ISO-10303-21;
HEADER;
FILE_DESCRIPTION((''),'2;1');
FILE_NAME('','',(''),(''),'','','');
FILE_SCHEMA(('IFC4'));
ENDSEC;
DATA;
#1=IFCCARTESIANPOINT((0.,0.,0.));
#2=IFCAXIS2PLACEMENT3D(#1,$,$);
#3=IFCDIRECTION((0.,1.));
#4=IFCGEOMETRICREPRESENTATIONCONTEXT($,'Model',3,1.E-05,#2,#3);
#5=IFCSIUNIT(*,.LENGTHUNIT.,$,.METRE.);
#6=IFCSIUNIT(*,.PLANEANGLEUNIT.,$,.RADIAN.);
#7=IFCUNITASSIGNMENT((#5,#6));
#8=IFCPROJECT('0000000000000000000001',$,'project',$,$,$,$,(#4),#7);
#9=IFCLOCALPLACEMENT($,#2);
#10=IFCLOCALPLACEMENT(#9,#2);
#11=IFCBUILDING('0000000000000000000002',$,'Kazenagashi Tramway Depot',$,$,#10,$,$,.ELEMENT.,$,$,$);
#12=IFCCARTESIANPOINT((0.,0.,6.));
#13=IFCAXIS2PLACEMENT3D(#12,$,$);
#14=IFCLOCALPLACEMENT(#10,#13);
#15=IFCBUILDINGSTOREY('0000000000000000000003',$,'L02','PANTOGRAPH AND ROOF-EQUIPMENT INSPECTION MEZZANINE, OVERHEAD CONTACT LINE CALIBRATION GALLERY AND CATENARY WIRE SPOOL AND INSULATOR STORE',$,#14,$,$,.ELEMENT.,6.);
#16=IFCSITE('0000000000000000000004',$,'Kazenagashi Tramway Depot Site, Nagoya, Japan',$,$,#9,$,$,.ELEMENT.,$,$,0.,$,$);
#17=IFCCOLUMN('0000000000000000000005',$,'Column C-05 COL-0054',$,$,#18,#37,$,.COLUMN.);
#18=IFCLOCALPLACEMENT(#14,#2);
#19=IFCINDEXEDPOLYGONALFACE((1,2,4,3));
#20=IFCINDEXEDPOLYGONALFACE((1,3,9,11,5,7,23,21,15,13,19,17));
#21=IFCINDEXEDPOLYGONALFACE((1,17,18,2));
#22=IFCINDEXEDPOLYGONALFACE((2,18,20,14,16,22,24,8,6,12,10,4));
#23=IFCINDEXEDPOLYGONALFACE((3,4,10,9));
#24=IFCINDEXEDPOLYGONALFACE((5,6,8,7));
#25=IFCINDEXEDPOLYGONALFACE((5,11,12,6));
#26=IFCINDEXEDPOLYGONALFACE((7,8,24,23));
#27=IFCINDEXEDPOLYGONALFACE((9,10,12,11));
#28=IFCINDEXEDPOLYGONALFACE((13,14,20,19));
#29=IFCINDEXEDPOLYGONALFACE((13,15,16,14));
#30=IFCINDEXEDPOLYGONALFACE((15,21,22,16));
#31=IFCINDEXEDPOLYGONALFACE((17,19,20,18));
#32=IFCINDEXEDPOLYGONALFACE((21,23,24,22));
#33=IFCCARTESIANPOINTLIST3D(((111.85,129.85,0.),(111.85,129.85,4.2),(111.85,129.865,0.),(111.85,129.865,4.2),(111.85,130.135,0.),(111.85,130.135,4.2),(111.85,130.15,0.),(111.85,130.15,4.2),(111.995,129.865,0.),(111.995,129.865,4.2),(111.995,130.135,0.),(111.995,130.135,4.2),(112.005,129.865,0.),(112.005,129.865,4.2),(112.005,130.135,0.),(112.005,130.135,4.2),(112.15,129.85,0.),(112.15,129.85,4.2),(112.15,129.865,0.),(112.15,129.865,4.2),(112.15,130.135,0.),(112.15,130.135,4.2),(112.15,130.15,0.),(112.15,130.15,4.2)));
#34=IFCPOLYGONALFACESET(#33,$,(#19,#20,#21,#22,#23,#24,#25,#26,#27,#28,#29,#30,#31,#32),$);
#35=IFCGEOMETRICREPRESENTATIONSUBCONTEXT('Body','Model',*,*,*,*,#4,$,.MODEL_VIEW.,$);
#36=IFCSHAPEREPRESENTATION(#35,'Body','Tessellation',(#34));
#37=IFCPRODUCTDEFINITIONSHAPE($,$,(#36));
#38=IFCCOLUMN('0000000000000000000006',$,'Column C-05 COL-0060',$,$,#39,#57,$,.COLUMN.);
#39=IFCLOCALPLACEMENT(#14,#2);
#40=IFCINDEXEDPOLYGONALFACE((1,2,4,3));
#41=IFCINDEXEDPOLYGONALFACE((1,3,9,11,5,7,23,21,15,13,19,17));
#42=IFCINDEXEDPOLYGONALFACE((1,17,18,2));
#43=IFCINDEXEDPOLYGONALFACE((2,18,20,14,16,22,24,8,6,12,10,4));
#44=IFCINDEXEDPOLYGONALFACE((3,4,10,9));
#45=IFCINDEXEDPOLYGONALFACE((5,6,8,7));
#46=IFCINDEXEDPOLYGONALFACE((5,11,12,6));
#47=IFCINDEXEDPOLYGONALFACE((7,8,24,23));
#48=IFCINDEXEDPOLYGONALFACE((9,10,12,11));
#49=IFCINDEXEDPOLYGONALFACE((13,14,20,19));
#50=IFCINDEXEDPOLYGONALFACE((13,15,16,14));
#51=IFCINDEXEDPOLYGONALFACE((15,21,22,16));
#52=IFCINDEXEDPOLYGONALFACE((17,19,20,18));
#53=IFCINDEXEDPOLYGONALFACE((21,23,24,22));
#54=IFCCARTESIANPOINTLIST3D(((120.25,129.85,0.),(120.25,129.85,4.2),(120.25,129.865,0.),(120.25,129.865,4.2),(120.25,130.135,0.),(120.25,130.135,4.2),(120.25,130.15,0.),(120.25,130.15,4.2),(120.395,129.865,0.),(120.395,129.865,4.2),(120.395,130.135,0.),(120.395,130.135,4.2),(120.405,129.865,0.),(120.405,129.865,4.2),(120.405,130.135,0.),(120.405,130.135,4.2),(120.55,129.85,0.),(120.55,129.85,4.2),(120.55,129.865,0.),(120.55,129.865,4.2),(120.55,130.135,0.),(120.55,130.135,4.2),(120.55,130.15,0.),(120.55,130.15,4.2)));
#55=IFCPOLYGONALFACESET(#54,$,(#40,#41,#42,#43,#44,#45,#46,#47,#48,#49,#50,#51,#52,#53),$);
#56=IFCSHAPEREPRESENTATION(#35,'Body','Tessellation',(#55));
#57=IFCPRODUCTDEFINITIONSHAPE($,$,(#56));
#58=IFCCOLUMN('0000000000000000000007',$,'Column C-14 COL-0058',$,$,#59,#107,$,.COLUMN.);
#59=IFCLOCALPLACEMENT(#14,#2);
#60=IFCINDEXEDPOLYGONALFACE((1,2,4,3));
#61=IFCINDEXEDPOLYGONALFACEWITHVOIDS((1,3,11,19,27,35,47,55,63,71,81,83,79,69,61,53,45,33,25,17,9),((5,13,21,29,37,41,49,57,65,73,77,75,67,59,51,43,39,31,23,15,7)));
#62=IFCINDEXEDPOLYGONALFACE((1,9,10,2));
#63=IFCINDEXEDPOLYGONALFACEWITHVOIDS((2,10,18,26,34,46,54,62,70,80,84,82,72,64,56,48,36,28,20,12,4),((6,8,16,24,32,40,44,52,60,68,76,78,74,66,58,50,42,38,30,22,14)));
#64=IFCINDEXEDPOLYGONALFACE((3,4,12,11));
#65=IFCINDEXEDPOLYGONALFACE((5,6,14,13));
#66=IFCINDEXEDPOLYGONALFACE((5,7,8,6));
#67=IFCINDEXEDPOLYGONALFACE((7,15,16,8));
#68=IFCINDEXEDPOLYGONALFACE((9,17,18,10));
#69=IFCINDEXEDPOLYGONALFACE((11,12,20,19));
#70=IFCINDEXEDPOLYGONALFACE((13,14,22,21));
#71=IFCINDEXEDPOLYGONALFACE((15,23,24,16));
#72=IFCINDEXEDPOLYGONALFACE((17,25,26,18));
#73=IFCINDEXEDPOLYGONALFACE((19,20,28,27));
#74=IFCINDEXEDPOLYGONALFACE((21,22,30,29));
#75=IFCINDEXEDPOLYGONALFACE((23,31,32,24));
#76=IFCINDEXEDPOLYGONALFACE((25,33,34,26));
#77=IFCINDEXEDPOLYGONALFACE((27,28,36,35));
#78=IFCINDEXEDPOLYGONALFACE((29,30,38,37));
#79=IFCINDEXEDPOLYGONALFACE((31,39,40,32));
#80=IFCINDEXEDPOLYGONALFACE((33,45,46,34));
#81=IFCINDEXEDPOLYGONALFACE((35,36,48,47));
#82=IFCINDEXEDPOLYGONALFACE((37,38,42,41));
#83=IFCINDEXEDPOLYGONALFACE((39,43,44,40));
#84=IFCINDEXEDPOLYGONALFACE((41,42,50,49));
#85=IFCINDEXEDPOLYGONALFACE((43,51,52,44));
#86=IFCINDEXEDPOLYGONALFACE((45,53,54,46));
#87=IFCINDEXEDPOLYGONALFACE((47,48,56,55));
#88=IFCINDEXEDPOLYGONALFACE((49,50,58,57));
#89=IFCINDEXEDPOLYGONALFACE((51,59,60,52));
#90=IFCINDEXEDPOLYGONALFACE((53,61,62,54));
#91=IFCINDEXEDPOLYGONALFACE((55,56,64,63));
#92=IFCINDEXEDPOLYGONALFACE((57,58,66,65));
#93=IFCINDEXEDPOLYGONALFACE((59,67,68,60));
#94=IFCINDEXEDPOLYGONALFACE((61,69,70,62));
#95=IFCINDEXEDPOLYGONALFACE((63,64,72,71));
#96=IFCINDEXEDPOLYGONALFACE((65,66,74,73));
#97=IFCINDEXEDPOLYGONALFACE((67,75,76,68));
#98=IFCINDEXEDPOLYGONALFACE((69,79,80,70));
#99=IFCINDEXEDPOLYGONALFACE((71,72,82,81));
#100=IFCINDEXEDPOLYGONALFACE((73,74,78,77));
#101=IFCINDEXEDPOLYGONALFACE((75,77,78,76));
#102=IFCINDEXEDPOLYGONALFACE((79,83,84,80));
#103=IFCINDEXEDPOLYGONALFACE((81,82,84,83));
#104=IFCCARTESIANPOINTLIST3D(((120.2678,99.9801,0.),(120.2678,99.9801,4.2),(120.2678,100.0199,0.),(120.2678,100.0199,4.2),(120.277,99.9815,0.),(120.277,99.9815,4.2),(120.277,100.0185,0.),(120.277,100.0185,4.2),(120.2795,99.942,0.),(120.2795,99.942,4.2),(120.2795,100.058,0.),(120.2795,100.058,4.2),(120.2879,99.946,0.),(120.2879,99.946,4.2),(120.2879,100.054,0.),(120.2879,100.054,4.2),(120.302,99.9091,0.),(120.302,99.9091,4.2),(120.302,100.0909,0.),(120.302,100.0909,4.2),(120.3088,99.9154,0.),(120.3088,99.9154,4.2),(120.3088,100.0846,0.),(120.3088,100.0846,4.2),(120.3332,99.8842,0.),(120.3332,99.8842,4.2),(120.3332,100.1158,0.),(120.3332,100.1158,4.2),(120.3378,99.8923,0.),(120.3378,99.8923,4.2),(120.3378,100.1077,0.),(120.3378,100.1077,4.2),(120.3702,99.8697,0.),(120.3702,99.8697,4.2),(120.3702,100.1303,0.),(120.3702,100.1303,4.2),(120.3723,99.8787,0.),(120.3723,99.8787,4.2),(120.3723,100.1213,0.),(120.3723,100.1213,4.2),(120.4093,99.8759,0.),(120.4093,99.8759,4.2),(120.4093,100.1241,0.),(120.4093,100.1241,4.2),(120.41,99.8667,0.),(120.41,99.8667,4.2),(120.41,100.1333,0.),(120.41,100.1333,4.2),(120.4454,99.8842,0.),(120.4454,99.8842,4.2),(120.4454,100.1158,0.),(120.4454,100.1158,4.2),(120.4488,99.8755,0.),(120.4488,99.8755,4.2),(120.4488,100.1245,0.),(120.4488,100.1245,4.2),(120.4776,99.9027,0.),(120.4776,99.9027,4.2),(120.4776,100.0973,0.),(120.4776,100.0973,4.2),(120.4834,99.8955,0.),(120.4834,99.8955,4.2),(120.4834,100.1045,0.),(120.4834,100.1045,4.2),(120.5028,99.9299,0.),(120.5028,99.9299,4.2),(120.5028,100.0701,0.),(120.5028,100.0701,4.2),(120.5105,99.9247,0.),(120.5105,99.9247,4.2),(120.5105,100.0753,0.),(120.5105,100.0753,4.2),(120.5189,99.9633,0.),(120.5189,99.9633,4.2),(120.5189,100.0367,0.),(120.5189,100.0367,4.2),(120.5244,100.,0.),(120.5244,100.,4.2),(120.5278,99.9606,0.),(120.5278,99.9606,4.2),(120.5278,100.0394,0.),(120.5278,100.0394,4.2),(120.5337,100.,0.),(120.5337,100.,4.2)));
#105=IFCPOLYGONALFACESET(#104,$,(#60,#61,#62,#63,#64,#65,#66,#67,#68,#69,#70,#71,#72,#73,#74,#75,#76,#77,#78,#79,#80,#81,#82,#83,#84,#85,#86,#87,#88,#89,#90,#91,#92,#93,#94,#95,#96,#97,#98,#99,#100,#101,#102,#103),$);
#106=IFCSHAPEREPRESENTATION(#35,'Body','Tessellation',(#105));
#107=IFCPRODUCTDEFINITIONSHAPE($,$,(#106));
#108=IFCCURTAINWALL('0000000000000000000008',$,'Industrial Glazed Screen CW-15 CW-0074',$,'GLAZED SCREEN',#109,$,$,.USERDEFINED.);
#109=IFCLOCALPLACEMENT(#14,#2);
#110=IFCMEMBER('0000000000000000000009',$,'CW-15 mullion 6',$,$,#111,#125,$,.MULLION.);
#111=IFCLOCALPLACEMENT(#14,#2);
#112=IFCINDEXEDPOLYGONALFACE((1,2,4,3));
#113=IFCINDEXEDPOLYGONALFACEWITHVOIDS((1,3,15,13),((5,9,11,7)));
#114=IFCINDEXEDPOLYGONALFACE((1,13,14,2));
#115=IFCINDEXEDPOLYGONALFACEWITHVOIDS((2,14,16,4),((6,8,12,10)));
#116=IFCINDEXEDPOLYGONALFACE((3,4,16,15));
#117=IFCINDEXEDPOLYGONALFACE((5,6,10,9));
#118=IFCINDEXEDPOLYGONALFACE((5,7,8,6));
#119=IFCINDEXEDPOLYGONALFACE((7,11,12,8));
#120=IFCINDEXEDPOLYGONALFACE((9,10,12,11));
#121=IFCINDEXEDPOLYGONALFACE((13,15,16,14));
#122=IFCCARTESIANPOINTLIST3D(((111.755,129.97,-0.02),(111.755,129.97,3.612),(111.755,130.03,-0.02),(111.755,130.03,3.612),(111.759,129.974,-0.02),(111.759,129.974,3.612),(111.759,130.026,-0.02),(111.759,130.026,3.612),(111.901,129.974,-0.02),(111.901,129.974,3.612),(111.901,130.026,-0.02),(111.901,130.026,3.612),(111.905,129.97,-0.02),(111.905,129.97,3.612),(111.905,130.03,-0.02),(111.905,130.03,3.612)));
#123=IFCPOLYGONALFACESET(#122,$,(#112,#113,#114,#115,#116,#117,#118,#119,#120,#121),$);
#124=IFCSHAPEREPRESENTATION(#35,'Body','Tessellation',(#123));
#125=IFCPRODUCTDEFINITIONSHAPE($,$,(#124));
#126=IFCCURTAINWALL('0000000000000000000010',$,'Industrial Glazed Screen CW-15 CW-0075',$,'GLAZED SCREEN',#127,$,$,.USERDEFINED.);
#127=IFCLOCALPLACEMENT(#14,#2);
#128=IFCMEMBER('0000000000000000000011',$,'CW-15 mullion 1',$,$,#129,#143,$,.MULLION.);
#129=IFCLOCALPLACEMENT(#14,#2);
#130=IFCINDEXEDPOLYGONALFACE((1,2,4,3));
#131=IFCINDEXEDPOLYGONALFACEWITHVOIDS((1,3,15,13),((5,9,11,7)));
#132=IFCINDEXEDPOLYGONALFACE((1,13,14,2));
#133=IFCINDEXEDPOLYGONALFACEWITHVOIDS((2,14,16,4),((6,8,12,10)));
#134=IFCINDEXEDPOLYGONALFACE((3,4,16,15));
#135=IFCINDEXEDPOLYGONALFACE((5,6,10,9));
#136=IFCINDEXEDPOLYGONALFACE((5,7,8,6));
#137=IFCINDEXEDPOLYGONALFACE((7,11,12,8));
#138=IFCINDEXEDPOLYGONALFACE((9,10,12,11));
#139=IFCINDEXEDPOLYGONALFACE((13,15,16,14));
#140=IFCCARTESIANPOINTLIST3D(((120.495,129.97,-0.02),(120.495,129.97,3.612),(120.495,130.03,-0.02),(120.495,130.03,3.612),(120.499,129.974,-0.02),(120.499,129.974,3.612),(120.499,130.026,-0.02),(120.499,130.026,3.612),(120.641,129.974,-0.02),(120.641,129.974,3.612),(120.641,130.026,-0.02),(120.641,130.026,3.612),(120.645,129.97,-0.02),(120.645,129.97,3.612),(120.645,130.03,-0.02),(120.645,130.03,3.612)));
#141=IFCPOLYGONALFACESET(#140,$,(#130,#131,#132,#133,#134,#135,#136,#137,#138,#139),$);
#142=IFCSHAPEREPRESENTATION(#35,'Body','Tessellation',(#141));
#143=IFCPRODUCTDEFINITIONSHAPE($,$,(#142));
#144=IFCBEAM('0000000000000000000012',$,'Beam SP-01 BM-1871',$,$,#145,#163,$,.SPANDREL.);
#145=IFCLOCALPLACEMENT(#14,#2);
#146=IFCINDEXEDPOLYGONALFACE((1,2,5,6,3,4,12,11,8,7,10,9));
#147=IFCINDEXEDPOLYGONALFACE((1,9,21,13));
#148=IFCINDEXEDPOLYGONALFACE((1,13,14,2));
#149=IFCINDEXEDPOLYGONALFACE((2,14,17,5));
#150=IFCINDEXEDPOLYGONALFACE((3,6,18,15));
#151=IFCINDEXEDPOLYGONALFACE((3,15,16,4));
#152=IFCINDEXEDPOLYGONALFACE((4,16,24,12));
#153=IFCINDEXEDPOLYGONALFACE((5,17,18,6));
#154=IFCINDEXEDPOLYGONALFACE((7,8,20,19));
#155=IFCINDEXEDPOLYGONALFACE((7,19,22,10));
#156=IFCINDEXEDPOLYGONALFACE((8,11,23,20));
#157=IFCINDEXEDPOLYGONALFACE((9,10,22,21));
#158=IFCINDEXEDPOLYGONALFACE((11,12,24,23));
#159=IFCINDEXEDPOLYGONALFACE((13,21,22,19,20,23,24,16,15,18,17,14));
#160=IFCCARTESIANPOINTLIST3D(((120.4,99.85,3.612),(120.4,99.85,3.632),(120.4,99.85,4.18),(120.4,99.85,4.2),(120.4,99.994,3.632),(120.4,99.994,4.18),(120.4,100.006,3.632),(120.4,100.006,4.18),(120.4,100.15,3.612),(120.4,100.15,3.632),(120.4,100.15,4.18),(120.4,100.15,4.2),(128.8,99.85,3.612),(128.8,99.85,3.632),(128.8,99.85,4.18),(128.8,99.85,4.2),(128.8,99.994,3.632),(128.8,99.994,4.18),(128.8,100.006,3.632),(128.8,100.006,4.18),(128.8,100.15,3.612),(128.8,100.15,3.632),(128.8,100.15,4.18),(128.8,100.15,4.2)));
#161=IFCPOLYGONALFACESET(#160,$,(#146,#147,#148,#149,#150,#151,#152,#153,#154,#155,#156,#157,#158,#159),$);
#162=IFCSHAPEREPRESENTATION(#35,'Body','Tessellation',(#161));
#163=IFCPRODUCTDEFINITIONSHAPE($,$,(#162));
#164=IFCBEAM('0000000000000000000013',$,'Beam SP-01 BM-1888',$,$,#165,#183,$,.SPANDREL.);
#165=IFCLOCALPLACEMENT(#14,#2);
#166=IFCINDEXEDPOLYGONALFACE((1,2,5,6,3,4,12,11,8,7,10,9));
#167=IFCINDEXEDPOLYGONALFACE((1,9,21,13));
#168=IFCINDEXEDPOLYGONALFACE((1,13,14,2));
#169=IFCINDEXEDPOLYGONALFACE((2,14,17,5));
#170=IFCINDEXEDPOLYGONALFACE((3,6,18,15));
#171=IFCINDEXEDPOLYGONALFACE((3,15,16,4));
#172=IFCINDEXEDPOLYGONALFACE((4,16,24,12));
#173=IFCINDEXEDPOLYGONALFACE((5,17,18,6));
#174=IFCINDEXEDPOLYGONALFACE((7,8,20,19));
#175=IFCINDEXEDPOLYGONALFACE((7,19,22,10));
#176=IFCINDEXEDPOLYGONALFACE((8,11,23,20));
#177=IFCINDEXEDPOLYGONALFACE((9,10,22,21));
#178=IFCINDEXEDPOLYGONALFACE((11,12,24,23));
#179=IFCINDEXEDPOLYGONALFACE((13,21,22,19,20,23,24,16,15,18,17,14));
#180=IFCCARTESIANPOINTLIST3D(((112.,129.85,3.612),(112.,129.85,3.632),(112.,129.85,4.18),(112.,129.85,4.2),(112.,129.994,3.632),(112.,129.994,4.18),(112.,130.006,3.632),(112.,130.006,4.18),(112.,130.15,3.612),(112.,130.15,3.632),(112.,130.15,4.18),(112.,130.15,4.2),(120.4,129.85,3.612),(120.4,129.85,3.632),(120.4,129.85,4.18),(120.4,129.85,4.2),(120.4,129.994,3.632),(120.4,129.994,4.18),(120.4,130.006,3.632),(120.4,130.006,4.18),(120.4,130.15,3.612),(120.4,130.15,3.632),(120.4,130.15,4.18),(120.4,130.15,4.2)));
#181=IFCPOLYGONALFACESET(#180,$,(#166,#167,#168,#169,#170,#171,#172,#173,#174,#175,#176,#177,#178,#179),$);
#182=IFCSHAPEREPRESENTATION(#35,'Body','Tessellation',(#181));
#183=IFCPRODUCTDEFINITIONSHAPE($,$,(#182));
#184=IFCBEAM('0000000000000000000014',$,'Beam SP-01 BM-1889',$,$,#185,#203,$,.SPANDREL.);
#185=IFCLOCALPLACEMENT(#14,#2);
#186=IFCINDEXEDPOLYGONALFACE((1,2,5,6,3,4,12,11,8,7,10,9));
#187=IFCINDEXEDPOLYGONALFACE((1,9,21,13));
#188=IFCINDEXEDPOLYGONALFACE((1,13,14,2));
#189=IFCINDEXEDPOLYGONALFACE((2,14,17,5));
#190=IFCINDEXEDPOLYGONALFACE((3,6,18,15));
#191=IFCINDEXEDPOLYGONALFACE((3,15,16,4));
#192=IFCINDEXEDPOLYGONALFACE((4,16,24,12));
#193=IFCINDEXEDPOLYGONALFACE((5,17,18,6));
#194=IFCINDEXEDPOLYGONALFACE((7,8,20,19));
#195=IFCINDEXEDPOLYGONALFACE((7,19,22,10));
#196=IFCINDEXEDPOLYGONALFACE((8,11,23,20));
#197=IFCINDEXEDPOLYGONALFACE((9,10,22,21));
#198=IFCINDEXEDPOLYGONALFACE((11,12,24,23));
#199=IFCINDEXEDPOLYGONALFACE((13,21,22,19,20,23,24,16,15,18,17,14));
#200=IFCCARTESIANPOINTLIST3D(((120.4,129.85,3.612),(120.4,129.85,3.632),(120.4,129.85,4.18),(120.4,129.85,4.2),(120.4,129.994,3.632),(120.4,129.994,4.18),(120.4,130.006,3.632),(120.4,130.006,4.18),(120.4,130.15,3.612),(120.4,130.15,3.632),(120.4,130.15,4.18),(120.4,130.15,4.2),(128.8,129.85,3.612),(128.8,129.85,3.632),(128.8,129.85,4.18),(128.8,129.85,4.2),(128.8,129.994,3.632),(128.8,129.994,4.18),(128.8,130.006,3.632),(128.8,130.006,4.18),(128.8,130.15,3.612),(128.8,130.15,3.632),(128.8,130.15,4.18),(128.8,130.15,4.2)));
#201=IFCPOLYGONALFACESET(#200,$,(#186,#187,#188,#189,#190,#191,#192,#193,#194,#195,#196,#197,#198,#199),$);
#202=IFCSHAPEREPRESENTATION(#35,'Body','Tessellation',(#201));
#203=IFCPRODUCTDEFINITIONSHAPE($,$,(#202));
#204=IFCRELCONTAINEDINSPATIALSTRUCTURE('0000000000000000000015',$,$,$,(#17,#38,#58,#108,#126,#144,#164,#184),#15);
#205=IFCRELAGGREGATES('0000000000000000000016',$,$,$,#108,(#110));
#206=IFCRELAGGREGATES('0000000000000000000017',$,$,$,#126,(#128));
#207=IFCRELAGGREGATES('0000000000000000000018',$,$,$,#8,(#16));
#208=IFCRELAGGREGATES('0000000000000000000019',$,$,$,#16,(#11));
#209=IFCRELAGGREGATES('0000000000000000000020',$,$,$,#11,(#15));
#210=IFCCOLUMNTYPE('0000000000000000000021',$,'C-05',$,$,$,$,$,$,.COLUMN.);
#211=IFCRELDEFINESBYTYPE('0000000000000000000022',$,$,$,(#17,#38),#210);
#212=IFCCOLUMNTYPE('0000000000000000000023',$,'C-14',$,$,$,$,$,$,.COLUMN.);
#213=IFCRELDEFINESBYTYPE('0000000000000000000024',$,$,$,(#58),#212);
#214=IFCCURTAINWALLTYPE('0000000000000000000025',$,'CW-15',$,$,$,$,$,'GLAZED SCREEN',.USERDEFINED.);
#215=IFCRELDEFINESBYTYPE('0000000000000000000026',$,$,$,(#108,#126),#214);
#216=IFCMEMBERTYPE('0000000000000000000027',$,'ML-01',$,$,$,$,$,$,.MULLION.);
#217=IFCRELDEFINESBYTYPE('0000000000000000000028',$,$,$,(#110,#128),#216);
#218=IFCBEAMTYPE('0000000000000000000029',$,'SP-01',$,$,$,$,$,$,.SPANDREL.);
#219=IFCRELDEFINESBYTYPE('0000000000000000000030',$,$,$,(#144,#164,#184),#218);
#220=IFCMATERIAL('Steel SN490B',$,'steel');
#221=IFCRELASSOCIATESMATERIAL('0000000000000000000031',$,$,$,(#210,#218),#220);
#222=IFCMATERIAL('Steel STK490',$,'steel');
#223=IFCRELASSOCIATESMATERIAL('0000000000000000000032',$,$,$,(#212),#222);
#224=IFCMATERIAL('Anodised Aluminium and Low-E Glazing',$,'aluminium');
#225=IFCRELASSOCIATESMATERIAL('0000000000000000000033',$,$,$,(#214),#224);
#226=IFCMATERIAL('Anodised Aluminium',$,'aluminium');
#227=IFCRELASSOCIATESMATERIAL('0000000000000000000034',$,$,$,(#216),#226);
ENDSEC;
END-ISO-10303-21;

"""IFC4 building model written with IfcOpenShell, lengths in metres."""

from ifc_helpers import new_model, si_unit, direction, frame, origin, origin_2d, place, context, subcontext, project, spatial, hollow_rectangle, hollow_circle, i_section, extrude, material, material_profile, profile_set, type_object, element, aggregate, save


model = new_model("IFC4")

# Units and contexts
model_context = context("Model", 3, precision=1e-05, world=origin(), true_north=direction((0.0, 1.0)))
body_context = subcontext(model_context, "Body", "Model", "MODEL_VIEW")
ifc_project = project(units=[si_unit("LENGTHUNIT", "METRE"), si_unit("PLANEANGLEUNIT", "RADIAN")], contexts=[model_context])

# Site, building, storey
site_placement = place(None, origin())
site = spatial("IfcSite", under=ifc_project, at=site_placement, Name="Kazenagashi Tramway Depot Site, Nagoya, Japan", CompositionType="ELEMENT", RefElevation=0.0)
building_placement = place(site_placement, origin())
building = spatial("IfcBuilding", under=site, at=building_placement, Name="Kazenagashi Tramway Depot", CompositionType="ELEMENT")
storey_placement = place(building_placement, frame((0.0, 0.0, 6.0)))
storey = spatial("IfcBuildingStorey", under=building, at=storey_placement, Name="L02", Description="PANTOGRAPH AND ROOF-EQUIPMENT INSPECTION MEZZANINE, OVERHEAD CONTACT LINE CALIBRATION GALLERY AND CATENARY WIRE SPOOL AND INSULATOR STORE", CompositionType="ELEMENT", Elevation=6.0)

# Columns
ifc_material_1 = material(Name="Steel SN490B", Category="steel")
ifc_material_profile_1 = material_profile(ifc_material_1, i_section(OverallWidth=0.3, OverallDepth=0.3, WebThickness=0.01, FlangeThickness=0.015, at=origin_2d()), Name="H-300x300x10x15")
ifc_profile_set_1 = profile_set([ifc_material_profile_1], Name="Steel SN490B")
column_type_1 = type_object("IfcColumnType", Name="C-05", PredefinedType="COLUMN", material=ifc_profile_set_1)
for number, where, z_axis, x_axis, name in (
    (1, (112.0, 130.0, 0.0), (0.0, 0.0, 1.0), (1.0, 0.0, 0.0), "Column C-05 COL-0054"),
    (2, (120.4, 130.0, 0.0), (0.0, 0.0, 1.0), (1.0, 0.0, 0.0), "Column C-05 COL-0060"),
):
    element("IfcColumn", number, at=place(storey_placement, frame(where, z_axis=z_axis, x_axis=x_axis)), inside=storey, type_object=column_type_1, Name=name, PredefinedType="COLUMN", context=body_context, shape_type="SweptSolid", body=[
        extrude(i_section(OverallWidth=0.3, OverallDepth=0.3, WebThickness=0.01, FlangeThickness=0.015, at=origin_2d()), origin(), (0.0, 0.0, 1.0), 4.2),
    ])
ifc_material_2 = material(Name="Steel STK490", Category="steel")
ifc_material_profile_2 = material_profile(ifc_material_2, hollow_circle(Radius=0.1337, WallThickness=0.0093, at=origin_2d()), Name="CHS-267.4x9.3")
ifc_profile_set_2 = profile_set([ifc_material_profile_2], Name="Steel STK490")
column_type_2 = type_object("IfcColumnType", Name="C-14", PredefinedType="COLUMN", material=ifc_profile_set_2)
column_placement = place(storey_placement, frame((120.4, 100.0, 0.0), z_axis=(0.0, 0.0, 1.0), x_axis=(1.0, 0.0, 0.0)))
element("IfcColumn", 3, at=column_placement, inside=storey, type_object=column_type_2, Name="Column C-14 COL-0058", PredefinedType="COLUMN", context=body_context, shape_type="SweptSolid", body=[
    extrude(hollow_circle(Radius=0.1337, WallThickness=0.0093, at=origin_2d()), origin(), (0.0, 0.0, 1.0), 4.2),
])

# Curtain walls, members
ifc_material_3 = material(Name="Anodised Aluminium and Low-E Glazing", Category="aluminium")
curtain_wall_type = type_object("IfcCurtainWallType", Name="CW-15", ElementType="GLAZED SCREEN", PredefinedType="USERDEFINED", material=ifc_material_3)
curtain_wall_1_placement = place(storey_placement, origin())
curtain_wall_1 = element("IfcCurtainWall", 4, at=curtain_wall_1_placement, inside=storey, type_object=curtain_wall_type, Name="Industrial Glazed Screen CW-15 CW-0074", ObjectType="GLAZED SCREEN", PredefinedType="USERDEFINED")
ifc_material_4 = material(Name="Anodised Aluminium", Category="aluminium")
ifc_material_profile_3 = material_profile(ifc_material_4, hollow_rectangle(XDim=0.06, YDim=0.15, WallThickness=0.004, at=origin_2d()), Name="RHS-150x60x4")
ifc_profile_set_3 = profile_set([ifc_material_profile_3], Name="Anodised Aluminium")
member_type_1 = type_object("IfcMemberType", Name="ML-01", PredefinedType="MULLION", material=ifc_profile_set_3)
member_1_placement = place(storey_placement, frame((111.83, 130.0, -0.02), z_axis=(0.0, 0.0, 1.0), x_axis=(0.0, 1.0, 0.0)))
member_1 = element("IfcMember", 5, at=member_1_placement, type_object=member_type_1, Name="CW-15 mullion 6", PredefinedType="MULLION", context=body_context, shape_type="SweptSolid", body=[
    extrude(hollow_rectangle(XDim=0.06, YDim=0.15, WallThickness=0.004, at=origin_2d()), origin(), (0.0, 0.0, 1.0), 3.632),
])
curtain_wall_2_placement = place(storey_placement, origin())
curtain_wall_2 = element("IfcCurtainWall", 6, at=curtain_wall_2_placement, inside=storey, type_object=curtain_wall_type, Name="Industrial Glazed Screen CW-15 CW-0075", ObjectType="GLAZED SCREEN", PredefinedType="USERDEFINED")
member_2_placement = place(storey_placement, frame((120.57, 130.0, -0.02), z_axis=(0.0, 0.0, 1.0), x_axis=(0.0, 1.0, 0.0)))
member_2 = element("IfcMember", 7, at=member_2_placement, type_object=member_type_1, Name="CW-15 mullion 1", PredefinedType="MULLION", context=body_context, shape_type="SweptSolid", body=[
    extrude(hollow_rectangle(XDim=0.06, YDim=0.15, WallThickness=0.004, at=origin_2d()), origin(), (0.0, 0.0, 1.0), 3.632),
])

# Beams
ifc_material_profile_4 = material_profile(ifc_material_1, i_section(OverallWidth=0.3, OverallDepth=0.588, WebThickness=0.012, FlangeThickness=0.02, at=origin_2d()), Name="H-588x300x12x20")
ifc_profile_set_4 = profile_set([ifc_material_profile_4], Name="Steel SN490B")
beam_type_1 = type_object("IfcBeamType", Name="SP-01", PredefinedType="SPANDREL", material=ifc_profile_set_4)
for number, where, z_axis, x_axis, name in (
    (8, (120.4, 100.0, 3.906), (1.0, 0.0, 0.0), (0.0, 1.0, 0.0), "Beam SP-01 BM-1871"),
    (9, (112.0, 130.0, 3.906), (1.0, 0.0, 0.0), (0.0, 1.0, 0.0), "Beam SP-01 BM-1888"),
    (10, (120.4, 130.0, 3.906), (1.0, 0.0, 0.0), (0.0, 1.0, 0.0), "Beam SP-01 BM-1889"),
):
    element("IfcBeam", number, at=place(storey_placement, frame(where, z_axis=z_axis, x_axis=x_axis)), inside=storey, type_object=beam_type_1, Name=name, PredefinedType="SPANDREL", context=body_context, shape_type="SweptSolid", body=[
        extrude(i_section(OverallWidth=0.3, OverallDepth=0.588, WebThickness=0.012, FlangeThickness=0.02, at=origin_2d()), origin(), (0.0, 0.0, 1.0), 8.4),
    ])

aggregate(curtain_wall_1, [member_1])
aggregate(curtain_wall_2, [member_2])

save(model, "model.ifc")
